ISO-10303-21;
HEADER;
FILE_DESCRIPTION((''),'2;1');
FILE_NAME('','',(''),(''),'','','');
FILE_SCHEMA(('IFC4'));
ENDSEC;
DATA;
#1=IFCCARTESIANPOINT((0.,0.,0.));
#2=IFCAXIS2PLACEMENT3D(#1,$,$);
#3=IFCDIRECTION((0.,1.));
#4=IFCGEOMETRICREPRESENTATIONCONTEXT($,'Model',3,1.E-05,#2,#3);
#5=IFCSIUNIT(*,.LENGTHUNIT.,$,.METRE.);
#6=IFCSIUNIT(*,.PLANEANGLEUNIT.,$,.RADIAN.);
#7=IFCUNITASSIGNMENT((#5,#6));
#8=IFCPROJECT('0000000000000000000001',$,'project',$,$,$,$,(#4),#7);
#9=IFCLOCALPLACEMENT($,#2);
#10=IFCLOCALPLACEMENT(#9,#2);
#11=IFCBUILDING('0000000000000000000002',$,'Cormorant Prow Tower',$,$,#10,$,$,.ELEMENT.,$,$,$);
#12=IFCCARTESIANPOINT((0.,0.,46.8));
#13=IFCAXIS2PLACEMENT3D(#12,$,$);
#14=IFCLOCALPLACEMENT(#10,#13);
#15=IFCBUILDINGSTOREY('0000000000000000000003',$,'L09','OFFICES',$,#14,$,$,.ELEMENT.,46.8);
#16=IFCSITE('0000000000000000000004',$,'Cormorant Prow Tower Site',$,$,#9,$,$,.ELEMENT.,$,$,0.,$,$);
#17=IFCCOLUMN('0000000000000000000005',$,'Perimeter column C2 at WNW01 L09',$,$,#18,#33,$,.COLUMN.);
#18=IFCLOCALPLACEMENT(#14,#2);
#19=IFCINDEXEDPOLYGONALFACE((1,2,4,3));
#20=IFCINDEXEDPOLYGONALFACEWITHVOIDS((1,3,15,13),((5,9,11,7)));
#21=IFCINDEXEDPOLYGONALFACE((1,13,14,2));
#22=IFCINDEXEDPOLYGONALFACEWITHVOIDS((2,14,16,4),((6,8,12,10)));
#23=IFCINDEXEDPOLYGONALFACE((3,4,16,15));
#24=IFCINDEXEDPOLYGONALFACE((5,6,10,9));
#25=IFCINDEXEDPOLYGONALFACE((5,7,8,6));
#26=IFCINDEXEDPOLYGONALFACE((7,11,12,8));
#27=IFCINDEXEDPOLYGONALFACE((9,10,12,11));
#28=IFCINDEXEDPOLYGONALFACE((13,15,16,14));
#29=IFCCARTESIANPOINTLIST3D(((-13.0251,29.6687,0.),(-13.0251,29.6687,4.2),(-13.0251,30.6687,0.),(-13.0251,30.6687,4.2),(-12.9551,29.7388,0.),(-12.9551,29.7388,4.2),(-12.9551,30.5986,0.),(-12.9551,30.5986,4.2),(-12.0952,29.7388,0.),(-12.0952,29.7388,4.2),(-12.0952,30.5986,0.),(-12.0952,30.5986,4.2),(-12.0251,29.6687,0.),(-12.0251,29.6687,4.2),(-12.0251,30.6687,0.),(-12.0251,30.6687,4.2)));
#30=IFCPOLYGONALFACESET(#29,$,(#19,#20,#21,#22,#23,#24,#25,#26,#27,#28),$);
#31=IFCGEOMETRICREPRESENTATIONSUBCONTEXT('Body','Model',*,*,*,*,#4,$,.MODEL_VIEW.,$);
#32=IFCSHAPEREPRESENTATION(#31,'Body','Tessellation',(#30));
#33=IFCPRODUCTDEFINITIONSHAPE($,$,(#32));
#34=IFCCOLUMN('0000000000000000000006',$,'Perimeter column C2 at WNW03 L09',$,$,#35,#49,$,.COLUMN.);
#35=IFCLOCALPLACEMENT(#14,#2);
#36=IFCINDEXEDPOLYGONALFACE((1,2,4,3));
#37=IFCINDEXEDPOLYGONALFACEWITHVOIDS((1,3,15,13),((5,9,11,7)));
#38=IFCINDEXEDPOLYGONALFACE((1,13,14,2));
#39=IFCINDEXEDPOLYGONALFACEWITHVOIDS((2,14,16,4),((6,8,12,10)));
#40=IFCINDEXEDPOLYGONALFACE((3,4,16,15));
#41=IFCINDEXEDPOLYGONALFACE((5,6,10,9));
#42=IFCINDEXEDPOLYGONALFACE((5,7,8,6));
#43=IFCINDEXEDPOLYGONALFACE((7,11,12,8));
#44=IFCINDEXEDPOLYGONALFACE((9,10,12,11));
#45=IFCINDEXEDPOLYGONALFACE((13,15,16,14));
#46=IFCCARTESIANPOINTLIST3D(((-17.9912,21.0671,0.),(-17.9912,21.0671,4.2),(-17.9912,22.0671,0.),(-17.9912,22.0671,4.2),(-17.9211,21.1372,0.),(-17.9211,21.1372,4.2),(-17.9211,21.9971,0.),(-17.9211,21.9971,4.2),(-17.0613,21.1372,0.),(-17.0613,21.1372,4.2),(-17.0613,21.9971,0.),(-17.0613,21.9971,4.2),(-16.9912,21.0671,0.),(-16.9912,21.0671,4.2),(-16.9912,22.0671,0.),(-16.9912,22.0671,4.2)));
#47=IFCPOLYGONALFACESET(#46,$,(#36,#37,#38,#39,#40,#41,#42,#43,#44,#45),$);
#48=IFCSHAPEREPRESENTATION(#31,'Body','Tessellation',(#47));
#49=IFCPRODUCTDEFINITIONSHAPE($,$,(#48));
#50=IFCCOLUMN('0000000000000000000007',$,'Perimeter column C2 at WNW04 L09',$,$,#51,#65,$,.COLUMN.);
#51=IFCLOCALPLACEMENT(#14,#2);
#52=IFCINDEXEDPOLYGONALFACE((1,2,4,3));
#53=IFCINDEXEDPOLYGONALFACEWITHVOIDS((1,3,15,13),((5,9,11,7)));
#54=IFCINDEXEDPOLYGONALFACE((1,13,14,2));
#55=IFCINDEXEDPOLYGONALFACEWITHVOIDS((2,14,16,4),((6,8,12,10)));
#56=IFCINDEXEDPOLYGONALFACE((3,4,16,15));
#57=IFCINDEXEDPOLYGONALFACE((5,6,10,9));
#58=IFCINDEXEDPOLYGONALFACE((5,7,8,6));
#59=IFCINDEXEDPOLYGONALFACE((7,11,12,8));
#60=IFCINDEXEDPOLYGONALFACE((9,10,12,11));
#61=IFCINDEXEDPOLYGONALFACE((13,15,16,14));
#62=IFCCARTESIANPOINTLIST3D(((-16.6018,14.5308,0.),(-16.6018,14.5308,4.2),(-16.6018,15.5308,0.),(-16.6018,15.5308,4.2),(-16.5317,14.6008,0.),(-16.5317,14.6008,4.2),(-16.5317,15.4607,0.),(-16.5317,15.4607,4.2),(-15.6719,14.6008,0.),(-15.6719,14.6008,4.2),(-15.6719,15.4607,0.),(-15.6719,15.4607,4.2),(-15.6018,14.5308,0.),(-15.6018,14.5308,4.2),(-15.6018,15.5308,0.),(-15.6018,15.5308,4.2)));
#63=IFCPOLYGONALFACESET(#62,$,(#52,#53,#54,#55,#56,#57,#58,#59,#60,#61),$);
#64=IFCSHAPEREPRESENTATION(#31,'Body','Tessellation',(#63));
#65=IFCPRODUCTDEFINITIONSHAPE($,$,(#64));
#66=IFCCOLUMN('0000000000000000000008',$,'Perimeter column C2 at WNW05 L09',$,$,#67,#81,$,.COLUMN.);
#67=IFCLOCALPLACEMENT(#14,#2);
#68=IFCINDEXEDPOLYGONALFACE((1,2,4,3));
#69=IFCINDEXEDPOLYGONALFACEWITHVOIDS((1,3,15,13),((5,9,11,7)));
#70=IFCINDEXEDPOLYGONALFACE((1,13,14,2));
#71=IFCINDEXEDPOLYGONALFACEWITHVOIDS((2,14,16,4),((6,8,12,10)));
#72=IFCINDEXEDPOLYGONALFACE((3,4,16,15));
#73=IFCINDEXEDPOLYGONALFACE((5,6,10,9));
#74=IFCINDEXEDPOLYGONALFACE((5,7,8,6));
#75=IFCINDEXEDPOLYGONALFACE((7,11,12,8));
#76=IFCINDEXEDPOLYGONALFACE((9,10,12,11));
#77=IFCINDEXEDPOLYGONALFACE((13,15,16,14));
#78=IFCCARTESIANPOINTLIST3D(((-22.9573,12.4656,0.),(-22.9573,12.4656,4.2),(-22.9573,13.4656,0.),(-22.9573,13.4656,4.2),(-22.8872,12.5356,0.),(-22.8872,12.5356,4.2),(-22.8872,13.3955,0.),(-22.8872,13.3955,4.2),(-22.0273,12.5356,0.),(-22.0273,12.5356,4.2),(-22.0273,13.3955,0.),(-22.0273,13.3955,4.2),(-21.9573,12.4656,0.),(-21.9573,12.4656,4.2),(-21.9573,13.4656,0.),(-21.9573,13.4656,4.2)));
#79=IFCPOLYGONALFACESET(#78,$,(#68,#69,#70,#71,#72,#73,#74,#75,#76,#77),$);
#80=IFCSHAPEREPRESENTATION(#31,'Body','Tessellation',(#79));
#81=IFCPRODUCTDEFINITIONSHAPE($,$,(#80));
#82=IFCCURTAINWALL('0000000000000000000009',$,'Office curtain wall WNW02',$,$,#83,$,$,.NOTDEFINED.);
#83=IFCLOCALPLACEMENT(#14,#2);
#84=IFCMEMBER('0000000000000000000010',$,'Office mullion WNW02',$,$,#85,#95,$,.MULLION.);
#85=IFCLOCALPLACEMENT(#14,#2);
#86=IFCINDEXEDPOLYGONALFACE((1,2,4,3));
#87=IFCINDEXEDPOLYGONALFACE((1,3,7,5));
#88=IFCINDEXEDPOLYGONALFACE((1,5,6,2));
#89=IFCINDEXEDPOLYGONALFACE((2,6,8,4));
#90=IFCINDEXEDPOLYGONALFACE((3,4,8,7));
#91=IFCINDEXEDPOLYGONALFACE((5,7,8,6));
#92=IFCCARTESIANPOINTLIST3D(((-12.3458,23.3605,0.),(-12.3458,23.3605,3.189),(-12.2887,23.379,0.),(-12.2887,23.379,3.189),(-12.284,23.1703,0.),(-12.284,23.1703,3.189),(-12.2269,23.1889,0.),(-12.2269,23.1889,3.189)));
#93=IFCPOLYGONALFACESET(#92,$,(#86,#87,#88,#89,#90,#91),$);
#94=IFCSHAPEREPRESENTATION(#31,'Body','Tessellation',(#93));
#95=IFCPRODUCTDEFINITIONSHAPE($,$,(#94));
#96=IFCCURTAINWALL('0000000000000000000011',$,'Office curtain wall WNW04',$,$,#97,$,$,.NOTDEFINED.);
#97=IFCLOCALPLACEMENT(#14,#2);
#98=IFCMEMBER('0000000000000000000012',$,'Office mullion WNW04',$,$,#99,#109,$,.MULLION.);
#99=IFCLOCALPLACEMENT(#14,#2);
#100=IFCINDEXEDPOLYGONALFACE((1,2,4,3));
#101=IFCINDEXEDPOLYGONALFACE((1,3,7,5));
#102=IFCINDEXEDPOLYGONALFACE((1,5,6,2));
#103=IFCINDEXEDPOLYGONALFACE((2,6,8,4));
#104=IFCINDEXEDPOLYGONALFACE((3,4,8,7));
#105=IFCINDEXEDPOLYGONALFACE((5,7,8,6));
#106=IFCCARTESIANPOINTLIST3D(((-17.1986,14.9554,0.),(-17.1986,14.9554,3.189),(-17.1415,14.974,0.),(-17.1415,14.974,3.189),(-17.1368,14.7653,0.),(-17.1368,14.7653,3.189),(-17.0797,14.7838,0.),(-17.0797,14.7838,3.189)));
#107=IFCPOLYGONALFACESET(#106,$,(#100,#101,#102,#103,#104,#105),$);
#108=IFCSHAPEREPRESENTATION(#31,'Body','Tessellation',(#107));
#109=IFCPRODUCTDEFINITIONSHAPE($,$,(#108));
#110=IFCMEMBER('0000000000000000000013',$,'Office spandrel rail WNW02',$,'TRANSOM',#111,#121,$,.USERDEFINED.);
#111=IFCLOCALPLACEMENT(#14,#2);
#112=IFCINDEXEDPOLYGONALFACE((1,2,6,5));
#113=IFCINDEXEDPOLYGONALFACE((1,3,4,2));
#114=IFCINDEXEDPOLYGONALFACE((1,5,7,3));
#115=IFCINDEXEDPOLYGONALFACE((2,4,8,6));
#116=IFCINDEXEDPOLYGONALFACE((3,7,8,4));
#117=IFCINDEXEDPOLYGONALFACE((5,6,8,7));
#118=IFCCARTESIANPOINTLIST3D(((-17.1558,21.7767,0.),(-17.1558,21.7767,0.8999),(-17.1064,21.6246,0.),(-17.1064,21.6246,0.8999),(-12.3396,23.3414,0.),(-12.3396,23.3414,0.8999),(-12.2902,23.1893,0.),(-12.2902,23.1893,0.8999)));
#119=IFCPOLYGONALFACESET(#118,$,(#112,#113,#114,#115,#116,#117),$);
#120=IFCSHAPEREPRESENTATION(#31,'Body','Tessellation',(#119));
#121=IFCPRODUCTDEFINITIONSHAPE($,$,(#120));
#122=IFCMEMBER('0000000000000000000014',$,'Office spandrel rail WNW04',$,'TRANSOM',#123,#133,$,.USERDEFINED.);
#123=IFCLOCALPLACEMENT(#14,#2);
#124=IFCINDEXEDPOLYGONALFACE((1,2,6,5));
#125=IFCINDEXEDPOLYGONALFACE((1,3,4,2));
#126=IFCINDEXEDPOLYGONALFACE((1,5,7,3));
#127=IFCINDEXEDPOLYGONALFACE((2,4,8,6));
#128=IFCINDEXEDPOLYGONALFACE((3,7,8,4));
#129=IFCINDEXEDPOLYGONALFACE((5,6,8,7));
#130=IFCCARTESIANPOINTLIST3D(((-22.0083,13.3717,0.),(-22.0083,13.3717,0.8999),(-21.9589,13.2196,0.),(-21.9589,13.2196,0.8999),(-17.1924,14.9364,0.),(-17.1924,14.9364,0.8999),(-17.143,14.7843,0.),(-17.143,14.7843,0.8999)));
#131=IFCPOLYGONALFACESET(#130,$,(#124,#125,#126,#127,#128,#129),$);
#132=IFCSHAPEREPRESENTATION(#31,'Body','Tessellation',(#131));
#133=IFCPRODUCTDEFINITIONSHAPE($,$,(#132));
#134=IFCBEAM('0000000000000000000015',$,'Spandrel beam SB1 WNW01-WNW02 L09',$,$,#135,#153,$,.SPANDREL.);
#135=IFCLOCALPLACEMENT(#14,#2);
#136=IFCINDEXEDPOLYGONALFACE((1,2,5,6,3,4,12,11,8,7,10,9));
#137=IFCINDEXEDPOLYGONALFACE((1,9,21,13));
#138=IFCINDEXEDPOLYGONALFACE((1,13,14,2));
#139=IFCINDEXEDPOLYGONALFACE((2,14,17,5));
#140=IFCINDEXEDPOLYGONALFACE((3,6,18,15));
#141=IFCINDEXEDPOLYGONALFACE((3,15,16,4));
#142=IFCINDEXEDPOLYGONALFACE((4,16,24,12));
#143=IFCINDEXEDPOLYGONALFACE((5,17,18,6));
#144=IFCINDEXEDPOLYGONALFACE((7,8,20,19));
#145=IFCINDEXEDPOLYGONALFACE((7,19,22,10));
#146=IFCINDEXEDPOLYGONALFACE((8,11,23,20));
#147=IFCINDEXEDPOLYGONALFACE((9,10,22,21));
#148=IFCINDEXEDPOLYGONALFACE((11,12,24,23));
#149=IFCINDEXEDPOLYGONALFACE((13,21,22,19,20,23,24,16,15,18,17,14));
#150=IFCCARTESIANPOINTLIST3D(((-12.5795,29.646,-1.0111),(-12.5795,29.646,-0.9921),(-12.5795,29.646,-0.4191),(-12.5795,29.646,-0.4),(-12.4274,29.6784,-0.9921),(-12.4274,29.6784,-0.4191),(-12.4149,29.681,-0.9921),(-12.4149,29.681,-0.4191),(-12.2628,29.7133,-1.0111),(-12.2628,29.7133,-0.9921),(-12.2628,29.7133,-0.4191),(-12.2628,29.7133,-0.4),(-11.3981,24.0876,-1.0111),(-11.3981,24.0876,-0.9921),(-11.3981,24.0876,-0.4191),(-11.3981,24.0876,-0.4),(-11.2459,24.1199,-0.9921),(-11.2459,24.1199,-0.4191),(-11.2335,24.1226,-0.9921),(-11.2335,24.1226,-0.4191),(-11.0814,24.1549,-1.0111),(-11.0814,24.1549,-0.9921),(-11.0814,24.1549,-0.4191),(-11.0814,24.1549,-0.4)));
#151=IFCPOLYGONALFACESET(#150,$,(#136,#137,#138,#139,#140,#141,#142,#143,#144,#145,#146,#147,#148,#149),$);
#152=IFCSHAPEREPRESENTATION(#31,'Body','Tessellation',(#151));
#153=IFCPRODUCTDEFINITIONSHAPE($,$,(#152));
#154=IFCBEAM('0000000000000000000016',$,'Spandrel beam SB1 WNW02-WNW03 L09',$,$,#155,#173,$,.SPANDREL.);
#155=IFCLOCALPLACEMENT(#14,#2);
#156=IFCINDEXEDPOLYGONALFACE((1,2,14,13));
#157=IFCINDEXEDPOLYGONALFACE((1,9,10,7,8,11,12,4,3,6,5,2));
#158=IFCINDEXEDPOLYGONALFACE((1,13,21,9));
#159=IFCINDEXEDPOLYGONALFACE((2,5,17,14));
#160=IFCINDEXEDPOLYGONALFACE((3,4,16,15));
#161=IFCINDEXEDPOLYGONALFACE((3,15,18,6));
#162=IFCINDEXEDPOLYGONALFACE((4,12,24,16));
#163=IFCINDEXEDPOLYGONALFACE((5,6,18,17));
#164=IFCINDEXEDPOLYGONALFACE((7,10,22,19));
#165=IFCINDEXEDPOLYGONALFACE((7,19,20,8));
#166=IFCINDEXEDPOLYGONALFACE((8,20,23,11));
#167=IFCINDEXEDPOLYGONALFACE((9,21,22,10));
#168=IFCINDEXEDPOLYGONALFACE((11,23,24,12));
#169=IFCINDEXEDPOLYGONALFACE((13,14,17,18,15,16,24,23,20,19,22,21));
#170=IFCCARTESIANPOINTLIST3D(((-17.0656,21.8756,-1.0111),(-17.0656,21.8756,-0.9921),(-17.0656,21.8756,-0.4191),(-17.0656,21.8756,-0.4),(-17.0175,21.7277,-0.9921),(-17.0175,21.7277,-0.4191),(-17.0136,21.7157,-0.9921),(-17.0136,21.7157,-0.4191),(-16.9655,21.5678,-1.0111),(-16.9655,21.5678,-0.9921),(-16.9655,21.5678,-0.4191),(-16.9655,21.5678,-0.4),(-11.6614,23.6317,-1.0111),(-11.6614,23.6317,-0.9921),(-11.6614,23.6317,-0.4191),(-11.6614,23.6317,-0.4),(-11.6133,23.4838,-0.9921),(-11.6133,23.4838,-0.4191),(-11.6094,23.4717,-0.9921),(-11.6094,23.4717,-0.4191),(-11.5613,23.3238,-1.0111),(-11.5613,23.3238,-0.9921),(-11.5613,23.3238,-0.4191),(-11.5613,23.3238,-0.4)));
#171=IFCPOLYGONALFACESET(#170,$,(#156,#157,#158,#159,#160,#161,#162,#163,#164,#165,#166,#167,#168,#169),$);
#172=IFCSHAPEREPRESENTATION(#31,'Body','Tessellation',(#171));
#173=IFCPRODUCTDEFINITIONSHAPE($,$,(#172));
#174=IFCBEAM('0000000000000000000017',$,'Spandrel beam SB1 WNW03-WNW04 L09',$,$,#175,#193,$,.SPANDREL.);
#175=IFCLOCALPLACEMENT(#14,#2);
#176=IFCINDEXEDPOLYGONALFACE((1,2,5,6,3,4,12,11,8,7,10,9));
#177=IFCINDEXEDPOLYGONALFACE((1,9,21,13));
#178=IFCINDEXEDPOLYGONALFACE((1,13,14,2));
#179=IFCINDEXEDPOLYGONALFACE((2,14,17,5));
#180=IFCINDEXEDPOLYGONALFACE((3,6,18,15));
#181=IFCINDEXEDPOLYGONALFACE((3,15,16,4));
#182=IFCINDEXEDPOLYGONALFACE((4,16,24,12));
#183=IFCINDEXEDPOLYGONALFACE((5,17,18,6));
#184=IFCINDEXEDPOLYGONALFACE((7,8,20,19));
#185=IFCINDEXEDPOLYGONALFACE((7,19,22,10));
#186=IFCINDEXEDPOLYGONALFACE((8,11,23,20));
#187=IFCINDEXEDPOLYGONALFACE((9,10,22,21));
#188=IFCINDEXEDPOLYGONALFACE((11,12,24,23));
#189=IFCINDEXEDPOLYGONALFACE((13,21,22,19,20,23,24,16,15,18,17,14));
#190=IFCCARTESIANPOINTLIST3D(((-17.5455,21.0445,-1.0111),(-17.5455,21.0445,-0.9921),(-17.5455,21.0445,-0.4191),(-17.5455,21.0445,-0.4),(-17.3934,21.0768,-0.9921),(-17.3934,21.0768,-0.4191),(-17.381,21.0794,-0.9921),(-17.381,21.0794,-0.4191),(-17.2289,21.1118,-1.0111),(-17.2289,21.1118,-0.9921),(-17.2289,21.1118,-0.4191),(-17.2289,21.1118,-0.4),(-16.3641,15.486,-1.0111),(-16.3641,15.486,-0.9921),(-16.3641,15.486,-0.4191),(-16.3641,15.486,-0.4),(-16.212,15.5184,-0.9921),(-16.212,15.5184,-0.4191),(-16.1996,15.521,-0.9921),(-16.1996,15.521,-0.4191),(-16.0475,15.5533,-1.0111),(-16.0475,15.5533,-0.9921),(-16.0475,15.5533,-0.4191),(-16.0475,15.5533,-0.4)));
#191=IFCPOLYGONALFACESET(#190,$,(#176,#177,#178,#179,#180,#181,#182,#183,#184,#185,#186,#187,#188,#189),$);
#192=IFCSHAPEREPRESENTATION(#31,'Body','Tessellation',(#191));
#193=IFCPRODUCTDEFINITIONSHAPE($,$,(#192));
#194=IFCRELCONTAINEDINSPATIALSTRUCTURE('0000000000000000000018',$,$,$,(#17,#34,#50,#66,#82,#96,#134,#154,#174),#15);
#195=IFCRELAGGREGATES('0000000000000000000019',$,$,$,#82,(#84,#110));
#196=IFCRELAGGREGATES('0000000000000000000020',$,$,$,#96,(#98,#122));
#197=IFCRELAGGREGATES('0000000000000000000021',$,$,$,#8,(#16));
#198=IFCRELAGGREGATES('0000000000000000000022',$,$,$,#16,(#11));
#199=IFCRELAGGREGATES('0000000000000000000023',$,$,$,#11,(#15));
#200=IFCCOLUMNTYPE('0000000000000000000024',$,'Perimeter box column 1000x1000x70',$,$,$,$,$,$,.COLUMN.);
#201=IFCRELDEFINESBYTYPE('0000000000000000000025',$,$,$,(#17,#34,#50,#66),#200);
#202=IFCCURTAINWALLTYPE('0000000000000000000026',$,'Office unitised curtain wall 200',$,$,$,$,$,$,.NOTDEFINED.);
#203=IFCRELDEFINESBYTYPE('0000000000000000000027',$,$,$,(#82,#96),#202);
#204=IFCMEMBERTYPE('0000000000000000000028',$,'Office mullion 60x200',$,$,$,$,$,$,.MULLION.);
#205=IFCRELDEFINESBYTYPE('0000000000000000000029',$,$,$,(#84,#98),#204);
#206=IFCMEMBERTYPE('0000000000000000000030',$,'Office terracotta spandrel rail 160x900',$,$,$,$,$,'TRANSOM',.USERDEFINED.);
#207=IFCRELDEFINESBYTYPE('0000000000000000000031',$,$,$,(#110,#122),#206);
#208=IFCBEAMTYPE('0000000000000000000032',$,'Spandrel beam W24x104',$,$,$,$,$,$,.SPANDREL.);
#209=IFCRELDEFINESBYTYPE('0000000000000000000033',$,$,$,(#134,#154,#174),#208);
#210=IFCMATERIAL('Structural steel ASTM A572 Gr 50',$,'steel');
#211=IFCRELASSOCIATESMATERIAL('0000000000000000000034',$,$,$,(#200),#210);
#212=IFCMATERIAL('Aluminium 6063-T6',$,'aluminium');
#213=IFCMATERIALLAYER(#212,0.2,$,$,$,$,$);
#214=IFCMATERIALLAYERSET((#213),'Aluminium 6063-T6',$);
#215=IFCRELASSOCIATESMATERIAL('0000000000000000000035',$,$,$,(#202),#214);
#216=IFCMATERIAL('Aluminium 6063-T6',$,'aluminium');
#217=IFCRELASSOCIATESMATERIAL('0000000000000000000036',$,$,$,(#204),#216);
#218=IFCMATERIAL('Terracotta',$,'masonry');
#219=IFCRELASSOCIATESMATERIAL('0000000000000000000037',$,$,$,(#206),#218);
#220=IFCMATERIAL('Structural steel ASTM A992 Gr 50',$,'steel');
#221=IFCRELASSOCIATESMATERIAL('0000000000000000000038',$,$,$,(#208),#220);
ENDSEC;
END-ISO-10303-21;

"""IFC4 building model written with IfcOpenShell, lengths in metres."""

from ifc_helpers import new_model, si_unit, direction, frame, origin, origin_2d, place, context, subcontext, project, spatial, rectangle, hollow_rectangle, i_section, extrude, material, layer, layer_set, material_profile, profile_set, type_object, element, aggregate, save


model = new_model("IFC4")

# Units and contexts
model_context = context("Model", 3, precision=1e-05, world=origin(), true_north=direction((0.0, 1.0)))
body_context = subcontext(model_context, "Body", "Model", "MODEL_VIEW")
ifc_project = project(units=[si_unit("LENGTHUNIT", "METRE"), si_unit("PLANEANGLEUNIT", "RADIAN")], contexts=[model_context])

# Site, building, storey
site_placement = place(None, origin())
site = spatial("IfcSite", under=ifc_project, at=site_placement, Name="Cormorant Prow Tower Site", CompositionType="ELEMENT", RefElevation=0.0)
building_placement = place(site_placement, origin())
building = spatial("IfcBuilding", under=site, at=building_placement, Name="Cormorant Prow Tower", CompositionType="ELEMENT")
storey_placement = place(building_placement, frame((0.0, 0.0, 46.8)))
storey = spatial("IfcBuildingStorey", under=building, at=storey_placement, Name="L09", Description="OFFICES", CompositionType="ELEMENT", Elevation=46.8)

# Columns
ifc_material_1 = material(Name="Structural steel ASTM A572 Gr 50", Category="steel")
ifc_material_profile_1 = material_profile(ifc_material_1, hollow_rectangle(XDim=1.0, YDim=1.0, WallThickness=0.0701, at=origin_2d()), Name="Box 1000x1000x70")
ifc_profile_set_1 = profile_set([ifc_material_profile_1], Name="Structural steel ASTM A572 Gr 50")
column_type = type_object("IfcColumnType", Name="Perimeter box column 1000x1000x70", PredefinedType="COLUMN", material=ifc_profile_set_1)
for number, where, z_axis, x_axis, name in (
    (1, (-12.5251, 30.1687, 0.0), (0.0, 0.0, 1.0), (1.0, 0.0, 0.0), "Perimeter column C2 at WNW01 L09"),
    (2, (-17.4912, 21.5671, 0.0), (0.0, 0.0, 1.0), (1.0, 0.0, 0.0), "Perimeter column C2 at WNW03 L09"),
    (3, (-16.1018, 15.0308, 0.0), (0.0, 0.0, 1.0), (1.0, 0.0, 0.0), "Perimeter column C2 at WNW04 L09"),
    (4, (-22.4573, 12.9656, 0.0), (0.0, 0.0, 1.0), (1.0, 0.0, 0.0), "Perimeter column C2 at WNW05 L09"),
):
    element("IfcColumn", number, at=place(storey_placement, frame(where, z_axis=z_axis, x_axis=x_axis)), inside=storey, type_object=column_type, Name=name, PredefinedType="COLUMN", context=body_context, shape_type="SweptSolid", body=[
        extrude(hollow_rectangle(XDim=1.0, YDim=1.0, WallThickness=0.0701, at=origin_2d()), origin(), (0.0, 0.0, 1.0), 4.2),
    ])

# Curtain walls, members
ifc_material_2 = material(Name="Aluminium 6063-T6", Category="aluminium")
ifc_layer_1 = layer(ifc_material_2, 0.2)
ifc_layer_set_1 = layer_set([ifc_layer_1], Name="Aluminium 6063-T6")
curtain_wall_type = type_object("IfcCurtainWallType", Name="Office unitised curtain wall 200", PredefinedType="NOTDEFINED", material=ifc_layer_set_1)
curtain_wall_1_placement = place(storey_placement, origin())
curtain_wall_1 = element("IfcCurtainWall", 5, at=curtain_wall_1_placement, inside=storey, type_object=curtain_wall_type, Name="Office curtain wall WNW02", PredefinedType="NOTDEFINED")
ifc_material_3 = material(Name="Aluminium 6063-T6", Category="aluminium")
ifc_material_profile_2 = material_profile(ifc_material_3, rectangle(XDim=0.2, YDim=0.0601, at=origin_2d()), Name="Office mullion 60x200")
ifc_profile_set_2 = profile_set([ifc_material_profile_2], Name="Aluminium 6063-T6")
member_type_1 = type_object("IfcMemberType", Name="Office mullion 60x200", PredefinedType="MULLION", material=ifc_profile_set_2)
member_1_placement = place(storey_placement, frame((-12.2864, 23.2747, 0.0), z_axis=(0.0, 0.0, 1.0), x_axis=(0.309017, -0.951057, 0.0)))
member_1 = element("IfcMember", 6, at=member_1_placement, type_object=member_type_1, Name="Office mullion WNW02", PredefinedType="MULLION", context=body_context, shape_type="SweptSolid", body=[
    extrude(rectangle(XDim=0.2, YDim=0.0601, at=origin_2d()), origin(), (0.0, 0.0, 1.0), 3.189),
])
curtain_wall_2_placement = place(storey_placement, origin())
curtain_wall_2 = element("IfcCurtainWall", 7, at=curtain_wall_2_placement, inside=storey, type_object=curtain_wall_type, Name="Office curtain wall WNW04", PredefinedType="NOTDEFINED")
member_2_placement = place(storey_placement, frame((-17.1392, 14.8696, 0.0), z_axis=(0.0, 0.0, 1.0), x_axis=(0.309017, -0.951057, 0.0)))
member_2 = element("IfcMember", 8, at=member_2_placement, type_object=member_type_1, Name="Office mullion WNW04", PredefinedType="MULLION", context=body_context, shape_type="SweptSolid", body=[
    extrude(rectangle(XDim=0.2, YDim=0.0601, at=origin_2d()), origin(), (0.0, 0.0, 1.0), 3.189),
])

# Members
ifc_material_4 = material(Name="Terracotta", Category="masonry")
ifc_material_profile_3 = material_profile(ifc_material_4, rectangle(XDim=0.1599, YDim=0.8999, at=origin_2d()), Name="Office terracotta spandrel rail 160x900")
ifc_profile_set_3 = profile_set([ifc_material_profile_3], Name="Terracotta")
member_type_2 = type_object("IfcMemberType", Name="Office terracotta spandrel rail 160x900", ElementType="TRANSOM", PredefinedType="USERDEFINED", material=ifc_profile_set_3)
member_3_placement = place(storey_placement, frame((-12.3149, 23.2654, 0.45), z_axis=(-0.951066, -0.308987, 0.0), x_axis=(0.308987, -0.951066, 0.0)))
member_3 = element("IfcMember", 9, at=member_3_placement, type_object=member_type_2, Name="Office spandrel rail WNW02", ObjectType="TRANSOM", PredefinedType="USERDEFINED", context=body_context, shape_type="SweptSolid", body=[
    extrude(rectangle(XDim=0.1599, YDim=0.8999, at=origin_2d()), origin(), (0.0, 0.0, 1.0), 5.064),
])
member_4_placement = place(storey_placement, frame((-17.1677, 14.8604, 0.45), z_axis=(-0.951062, -0.309001, 0.0), x_axis=(0.309001, -0.951062, 0.0)))
member_4 = element("IfcMember", 10, at=member_4_placement, type_object=member_type_2, Name="Office spandrel rail WNW04", ObjectType="TRANSOM", PredefinedType="USERDEFINED", context=body_context, shape_type="SweptSolid", body=[
    extrude(rectangle(XDim=0.1599, YDim=0.8999, at=origin_2d()), origin(), (0.0, 0.0, 1.0), 5.0637),
])

# Beams
ifc_material_5 = material(Name="Structural steel ASTM A992 Gr 50", Category="steel")
ifc_material_profile_4 = material_profile(ifc_material_5, i_section(OverallWidth=0.3237, OverallDepth=0.6111, WebThickness=0.0127, FlangeThickness=0.019, at=origin_2d()), Name="W24x104")
ifc_profile_set_4 = profile_set([ifc_material_profile_4], Name="Structural steel ASTM A992 Gr 50")
beam_type = type_object("IfcBeamType", Name="Spandrel beam W24x104", PredefinedType="SPANDREL", material=ifc_profile_set_4)
beam_1_placement = place(storey_placement, frame((-12.4211, 29.6797, -0.7056), z_axis=(0.2079, -0.97815, 0.0), x_axis=(0.97815, 0.2079, 0.0)))
element("IfcBeam", 11, at=beam_1_placement, inside=storey, type_object=beam_type, Name="Spandrel beam SB1 WNW01-WNW02 L09", PredefinedType="SPANDREL", context=body_context, shape_type="SweptSolid", body=[
    extrude(i_section(OverallWidth=0.3237, OverallDepth=0.6111, WebThickness=0.0127, FlangeThickness=0.019, at=origin_2d()), origin(), (0.0, 0.0, 1.0), 5.6826),
])
beam_2_placement = place(storey_placement, frame((-11.6113, 23.4778, -0.7056), z_axis=(-0.951049, -0.309039, 0.0), x_axis=(0.309039, -0.951049, 0.0)))
element("IfcBeam", 12, at=beam_2_placement, inside=storey, type_object=beam_type, Name="Spandrel beam SB1 WNW02-WNW03 L09", PredefinedType="SPANDREL", context=body_context, shape_type="SweptSolid", body=[
    extrude(i_section(OverallWidth=0.3237, OverallDepth=0.6111, WebThickness=0.0127, FlangeThickness=0.019, at=origin_2d()), origin(), (0.0, 0.0, 1.0), 5.6824),
])
beam_3_placement = place(storey_placement, frame((-17.3872, 21.0781, -0.7056), z_axis=(0.2079, -0.97815, 0.0), x_axis=(0.97815, 0.2079, 0.0)))
element("IfcBeam", 13, at=beam_3_placement, inside=storey, type_object=beam_type, Name="Spandrel beam SB1 WNW03-WNW04 L09", PredefinedType="SPANDREL", context=body_context, shape_type="SweptSolid", body=[
    extrude(i_section(OverallWidth=0.3237, OverallDepth=0.6111, WebThickness=0.0127, FlangeThickness=0.019, at=origin_2d()), origin(), (0.0, 0.0, 1.0), 5.6826),
])

aggregate(curtain_wall_1, [member_1, member_3])
aggregate(curtain_wall_2, [member_2, member_4])

save(model, "model.ifc")
